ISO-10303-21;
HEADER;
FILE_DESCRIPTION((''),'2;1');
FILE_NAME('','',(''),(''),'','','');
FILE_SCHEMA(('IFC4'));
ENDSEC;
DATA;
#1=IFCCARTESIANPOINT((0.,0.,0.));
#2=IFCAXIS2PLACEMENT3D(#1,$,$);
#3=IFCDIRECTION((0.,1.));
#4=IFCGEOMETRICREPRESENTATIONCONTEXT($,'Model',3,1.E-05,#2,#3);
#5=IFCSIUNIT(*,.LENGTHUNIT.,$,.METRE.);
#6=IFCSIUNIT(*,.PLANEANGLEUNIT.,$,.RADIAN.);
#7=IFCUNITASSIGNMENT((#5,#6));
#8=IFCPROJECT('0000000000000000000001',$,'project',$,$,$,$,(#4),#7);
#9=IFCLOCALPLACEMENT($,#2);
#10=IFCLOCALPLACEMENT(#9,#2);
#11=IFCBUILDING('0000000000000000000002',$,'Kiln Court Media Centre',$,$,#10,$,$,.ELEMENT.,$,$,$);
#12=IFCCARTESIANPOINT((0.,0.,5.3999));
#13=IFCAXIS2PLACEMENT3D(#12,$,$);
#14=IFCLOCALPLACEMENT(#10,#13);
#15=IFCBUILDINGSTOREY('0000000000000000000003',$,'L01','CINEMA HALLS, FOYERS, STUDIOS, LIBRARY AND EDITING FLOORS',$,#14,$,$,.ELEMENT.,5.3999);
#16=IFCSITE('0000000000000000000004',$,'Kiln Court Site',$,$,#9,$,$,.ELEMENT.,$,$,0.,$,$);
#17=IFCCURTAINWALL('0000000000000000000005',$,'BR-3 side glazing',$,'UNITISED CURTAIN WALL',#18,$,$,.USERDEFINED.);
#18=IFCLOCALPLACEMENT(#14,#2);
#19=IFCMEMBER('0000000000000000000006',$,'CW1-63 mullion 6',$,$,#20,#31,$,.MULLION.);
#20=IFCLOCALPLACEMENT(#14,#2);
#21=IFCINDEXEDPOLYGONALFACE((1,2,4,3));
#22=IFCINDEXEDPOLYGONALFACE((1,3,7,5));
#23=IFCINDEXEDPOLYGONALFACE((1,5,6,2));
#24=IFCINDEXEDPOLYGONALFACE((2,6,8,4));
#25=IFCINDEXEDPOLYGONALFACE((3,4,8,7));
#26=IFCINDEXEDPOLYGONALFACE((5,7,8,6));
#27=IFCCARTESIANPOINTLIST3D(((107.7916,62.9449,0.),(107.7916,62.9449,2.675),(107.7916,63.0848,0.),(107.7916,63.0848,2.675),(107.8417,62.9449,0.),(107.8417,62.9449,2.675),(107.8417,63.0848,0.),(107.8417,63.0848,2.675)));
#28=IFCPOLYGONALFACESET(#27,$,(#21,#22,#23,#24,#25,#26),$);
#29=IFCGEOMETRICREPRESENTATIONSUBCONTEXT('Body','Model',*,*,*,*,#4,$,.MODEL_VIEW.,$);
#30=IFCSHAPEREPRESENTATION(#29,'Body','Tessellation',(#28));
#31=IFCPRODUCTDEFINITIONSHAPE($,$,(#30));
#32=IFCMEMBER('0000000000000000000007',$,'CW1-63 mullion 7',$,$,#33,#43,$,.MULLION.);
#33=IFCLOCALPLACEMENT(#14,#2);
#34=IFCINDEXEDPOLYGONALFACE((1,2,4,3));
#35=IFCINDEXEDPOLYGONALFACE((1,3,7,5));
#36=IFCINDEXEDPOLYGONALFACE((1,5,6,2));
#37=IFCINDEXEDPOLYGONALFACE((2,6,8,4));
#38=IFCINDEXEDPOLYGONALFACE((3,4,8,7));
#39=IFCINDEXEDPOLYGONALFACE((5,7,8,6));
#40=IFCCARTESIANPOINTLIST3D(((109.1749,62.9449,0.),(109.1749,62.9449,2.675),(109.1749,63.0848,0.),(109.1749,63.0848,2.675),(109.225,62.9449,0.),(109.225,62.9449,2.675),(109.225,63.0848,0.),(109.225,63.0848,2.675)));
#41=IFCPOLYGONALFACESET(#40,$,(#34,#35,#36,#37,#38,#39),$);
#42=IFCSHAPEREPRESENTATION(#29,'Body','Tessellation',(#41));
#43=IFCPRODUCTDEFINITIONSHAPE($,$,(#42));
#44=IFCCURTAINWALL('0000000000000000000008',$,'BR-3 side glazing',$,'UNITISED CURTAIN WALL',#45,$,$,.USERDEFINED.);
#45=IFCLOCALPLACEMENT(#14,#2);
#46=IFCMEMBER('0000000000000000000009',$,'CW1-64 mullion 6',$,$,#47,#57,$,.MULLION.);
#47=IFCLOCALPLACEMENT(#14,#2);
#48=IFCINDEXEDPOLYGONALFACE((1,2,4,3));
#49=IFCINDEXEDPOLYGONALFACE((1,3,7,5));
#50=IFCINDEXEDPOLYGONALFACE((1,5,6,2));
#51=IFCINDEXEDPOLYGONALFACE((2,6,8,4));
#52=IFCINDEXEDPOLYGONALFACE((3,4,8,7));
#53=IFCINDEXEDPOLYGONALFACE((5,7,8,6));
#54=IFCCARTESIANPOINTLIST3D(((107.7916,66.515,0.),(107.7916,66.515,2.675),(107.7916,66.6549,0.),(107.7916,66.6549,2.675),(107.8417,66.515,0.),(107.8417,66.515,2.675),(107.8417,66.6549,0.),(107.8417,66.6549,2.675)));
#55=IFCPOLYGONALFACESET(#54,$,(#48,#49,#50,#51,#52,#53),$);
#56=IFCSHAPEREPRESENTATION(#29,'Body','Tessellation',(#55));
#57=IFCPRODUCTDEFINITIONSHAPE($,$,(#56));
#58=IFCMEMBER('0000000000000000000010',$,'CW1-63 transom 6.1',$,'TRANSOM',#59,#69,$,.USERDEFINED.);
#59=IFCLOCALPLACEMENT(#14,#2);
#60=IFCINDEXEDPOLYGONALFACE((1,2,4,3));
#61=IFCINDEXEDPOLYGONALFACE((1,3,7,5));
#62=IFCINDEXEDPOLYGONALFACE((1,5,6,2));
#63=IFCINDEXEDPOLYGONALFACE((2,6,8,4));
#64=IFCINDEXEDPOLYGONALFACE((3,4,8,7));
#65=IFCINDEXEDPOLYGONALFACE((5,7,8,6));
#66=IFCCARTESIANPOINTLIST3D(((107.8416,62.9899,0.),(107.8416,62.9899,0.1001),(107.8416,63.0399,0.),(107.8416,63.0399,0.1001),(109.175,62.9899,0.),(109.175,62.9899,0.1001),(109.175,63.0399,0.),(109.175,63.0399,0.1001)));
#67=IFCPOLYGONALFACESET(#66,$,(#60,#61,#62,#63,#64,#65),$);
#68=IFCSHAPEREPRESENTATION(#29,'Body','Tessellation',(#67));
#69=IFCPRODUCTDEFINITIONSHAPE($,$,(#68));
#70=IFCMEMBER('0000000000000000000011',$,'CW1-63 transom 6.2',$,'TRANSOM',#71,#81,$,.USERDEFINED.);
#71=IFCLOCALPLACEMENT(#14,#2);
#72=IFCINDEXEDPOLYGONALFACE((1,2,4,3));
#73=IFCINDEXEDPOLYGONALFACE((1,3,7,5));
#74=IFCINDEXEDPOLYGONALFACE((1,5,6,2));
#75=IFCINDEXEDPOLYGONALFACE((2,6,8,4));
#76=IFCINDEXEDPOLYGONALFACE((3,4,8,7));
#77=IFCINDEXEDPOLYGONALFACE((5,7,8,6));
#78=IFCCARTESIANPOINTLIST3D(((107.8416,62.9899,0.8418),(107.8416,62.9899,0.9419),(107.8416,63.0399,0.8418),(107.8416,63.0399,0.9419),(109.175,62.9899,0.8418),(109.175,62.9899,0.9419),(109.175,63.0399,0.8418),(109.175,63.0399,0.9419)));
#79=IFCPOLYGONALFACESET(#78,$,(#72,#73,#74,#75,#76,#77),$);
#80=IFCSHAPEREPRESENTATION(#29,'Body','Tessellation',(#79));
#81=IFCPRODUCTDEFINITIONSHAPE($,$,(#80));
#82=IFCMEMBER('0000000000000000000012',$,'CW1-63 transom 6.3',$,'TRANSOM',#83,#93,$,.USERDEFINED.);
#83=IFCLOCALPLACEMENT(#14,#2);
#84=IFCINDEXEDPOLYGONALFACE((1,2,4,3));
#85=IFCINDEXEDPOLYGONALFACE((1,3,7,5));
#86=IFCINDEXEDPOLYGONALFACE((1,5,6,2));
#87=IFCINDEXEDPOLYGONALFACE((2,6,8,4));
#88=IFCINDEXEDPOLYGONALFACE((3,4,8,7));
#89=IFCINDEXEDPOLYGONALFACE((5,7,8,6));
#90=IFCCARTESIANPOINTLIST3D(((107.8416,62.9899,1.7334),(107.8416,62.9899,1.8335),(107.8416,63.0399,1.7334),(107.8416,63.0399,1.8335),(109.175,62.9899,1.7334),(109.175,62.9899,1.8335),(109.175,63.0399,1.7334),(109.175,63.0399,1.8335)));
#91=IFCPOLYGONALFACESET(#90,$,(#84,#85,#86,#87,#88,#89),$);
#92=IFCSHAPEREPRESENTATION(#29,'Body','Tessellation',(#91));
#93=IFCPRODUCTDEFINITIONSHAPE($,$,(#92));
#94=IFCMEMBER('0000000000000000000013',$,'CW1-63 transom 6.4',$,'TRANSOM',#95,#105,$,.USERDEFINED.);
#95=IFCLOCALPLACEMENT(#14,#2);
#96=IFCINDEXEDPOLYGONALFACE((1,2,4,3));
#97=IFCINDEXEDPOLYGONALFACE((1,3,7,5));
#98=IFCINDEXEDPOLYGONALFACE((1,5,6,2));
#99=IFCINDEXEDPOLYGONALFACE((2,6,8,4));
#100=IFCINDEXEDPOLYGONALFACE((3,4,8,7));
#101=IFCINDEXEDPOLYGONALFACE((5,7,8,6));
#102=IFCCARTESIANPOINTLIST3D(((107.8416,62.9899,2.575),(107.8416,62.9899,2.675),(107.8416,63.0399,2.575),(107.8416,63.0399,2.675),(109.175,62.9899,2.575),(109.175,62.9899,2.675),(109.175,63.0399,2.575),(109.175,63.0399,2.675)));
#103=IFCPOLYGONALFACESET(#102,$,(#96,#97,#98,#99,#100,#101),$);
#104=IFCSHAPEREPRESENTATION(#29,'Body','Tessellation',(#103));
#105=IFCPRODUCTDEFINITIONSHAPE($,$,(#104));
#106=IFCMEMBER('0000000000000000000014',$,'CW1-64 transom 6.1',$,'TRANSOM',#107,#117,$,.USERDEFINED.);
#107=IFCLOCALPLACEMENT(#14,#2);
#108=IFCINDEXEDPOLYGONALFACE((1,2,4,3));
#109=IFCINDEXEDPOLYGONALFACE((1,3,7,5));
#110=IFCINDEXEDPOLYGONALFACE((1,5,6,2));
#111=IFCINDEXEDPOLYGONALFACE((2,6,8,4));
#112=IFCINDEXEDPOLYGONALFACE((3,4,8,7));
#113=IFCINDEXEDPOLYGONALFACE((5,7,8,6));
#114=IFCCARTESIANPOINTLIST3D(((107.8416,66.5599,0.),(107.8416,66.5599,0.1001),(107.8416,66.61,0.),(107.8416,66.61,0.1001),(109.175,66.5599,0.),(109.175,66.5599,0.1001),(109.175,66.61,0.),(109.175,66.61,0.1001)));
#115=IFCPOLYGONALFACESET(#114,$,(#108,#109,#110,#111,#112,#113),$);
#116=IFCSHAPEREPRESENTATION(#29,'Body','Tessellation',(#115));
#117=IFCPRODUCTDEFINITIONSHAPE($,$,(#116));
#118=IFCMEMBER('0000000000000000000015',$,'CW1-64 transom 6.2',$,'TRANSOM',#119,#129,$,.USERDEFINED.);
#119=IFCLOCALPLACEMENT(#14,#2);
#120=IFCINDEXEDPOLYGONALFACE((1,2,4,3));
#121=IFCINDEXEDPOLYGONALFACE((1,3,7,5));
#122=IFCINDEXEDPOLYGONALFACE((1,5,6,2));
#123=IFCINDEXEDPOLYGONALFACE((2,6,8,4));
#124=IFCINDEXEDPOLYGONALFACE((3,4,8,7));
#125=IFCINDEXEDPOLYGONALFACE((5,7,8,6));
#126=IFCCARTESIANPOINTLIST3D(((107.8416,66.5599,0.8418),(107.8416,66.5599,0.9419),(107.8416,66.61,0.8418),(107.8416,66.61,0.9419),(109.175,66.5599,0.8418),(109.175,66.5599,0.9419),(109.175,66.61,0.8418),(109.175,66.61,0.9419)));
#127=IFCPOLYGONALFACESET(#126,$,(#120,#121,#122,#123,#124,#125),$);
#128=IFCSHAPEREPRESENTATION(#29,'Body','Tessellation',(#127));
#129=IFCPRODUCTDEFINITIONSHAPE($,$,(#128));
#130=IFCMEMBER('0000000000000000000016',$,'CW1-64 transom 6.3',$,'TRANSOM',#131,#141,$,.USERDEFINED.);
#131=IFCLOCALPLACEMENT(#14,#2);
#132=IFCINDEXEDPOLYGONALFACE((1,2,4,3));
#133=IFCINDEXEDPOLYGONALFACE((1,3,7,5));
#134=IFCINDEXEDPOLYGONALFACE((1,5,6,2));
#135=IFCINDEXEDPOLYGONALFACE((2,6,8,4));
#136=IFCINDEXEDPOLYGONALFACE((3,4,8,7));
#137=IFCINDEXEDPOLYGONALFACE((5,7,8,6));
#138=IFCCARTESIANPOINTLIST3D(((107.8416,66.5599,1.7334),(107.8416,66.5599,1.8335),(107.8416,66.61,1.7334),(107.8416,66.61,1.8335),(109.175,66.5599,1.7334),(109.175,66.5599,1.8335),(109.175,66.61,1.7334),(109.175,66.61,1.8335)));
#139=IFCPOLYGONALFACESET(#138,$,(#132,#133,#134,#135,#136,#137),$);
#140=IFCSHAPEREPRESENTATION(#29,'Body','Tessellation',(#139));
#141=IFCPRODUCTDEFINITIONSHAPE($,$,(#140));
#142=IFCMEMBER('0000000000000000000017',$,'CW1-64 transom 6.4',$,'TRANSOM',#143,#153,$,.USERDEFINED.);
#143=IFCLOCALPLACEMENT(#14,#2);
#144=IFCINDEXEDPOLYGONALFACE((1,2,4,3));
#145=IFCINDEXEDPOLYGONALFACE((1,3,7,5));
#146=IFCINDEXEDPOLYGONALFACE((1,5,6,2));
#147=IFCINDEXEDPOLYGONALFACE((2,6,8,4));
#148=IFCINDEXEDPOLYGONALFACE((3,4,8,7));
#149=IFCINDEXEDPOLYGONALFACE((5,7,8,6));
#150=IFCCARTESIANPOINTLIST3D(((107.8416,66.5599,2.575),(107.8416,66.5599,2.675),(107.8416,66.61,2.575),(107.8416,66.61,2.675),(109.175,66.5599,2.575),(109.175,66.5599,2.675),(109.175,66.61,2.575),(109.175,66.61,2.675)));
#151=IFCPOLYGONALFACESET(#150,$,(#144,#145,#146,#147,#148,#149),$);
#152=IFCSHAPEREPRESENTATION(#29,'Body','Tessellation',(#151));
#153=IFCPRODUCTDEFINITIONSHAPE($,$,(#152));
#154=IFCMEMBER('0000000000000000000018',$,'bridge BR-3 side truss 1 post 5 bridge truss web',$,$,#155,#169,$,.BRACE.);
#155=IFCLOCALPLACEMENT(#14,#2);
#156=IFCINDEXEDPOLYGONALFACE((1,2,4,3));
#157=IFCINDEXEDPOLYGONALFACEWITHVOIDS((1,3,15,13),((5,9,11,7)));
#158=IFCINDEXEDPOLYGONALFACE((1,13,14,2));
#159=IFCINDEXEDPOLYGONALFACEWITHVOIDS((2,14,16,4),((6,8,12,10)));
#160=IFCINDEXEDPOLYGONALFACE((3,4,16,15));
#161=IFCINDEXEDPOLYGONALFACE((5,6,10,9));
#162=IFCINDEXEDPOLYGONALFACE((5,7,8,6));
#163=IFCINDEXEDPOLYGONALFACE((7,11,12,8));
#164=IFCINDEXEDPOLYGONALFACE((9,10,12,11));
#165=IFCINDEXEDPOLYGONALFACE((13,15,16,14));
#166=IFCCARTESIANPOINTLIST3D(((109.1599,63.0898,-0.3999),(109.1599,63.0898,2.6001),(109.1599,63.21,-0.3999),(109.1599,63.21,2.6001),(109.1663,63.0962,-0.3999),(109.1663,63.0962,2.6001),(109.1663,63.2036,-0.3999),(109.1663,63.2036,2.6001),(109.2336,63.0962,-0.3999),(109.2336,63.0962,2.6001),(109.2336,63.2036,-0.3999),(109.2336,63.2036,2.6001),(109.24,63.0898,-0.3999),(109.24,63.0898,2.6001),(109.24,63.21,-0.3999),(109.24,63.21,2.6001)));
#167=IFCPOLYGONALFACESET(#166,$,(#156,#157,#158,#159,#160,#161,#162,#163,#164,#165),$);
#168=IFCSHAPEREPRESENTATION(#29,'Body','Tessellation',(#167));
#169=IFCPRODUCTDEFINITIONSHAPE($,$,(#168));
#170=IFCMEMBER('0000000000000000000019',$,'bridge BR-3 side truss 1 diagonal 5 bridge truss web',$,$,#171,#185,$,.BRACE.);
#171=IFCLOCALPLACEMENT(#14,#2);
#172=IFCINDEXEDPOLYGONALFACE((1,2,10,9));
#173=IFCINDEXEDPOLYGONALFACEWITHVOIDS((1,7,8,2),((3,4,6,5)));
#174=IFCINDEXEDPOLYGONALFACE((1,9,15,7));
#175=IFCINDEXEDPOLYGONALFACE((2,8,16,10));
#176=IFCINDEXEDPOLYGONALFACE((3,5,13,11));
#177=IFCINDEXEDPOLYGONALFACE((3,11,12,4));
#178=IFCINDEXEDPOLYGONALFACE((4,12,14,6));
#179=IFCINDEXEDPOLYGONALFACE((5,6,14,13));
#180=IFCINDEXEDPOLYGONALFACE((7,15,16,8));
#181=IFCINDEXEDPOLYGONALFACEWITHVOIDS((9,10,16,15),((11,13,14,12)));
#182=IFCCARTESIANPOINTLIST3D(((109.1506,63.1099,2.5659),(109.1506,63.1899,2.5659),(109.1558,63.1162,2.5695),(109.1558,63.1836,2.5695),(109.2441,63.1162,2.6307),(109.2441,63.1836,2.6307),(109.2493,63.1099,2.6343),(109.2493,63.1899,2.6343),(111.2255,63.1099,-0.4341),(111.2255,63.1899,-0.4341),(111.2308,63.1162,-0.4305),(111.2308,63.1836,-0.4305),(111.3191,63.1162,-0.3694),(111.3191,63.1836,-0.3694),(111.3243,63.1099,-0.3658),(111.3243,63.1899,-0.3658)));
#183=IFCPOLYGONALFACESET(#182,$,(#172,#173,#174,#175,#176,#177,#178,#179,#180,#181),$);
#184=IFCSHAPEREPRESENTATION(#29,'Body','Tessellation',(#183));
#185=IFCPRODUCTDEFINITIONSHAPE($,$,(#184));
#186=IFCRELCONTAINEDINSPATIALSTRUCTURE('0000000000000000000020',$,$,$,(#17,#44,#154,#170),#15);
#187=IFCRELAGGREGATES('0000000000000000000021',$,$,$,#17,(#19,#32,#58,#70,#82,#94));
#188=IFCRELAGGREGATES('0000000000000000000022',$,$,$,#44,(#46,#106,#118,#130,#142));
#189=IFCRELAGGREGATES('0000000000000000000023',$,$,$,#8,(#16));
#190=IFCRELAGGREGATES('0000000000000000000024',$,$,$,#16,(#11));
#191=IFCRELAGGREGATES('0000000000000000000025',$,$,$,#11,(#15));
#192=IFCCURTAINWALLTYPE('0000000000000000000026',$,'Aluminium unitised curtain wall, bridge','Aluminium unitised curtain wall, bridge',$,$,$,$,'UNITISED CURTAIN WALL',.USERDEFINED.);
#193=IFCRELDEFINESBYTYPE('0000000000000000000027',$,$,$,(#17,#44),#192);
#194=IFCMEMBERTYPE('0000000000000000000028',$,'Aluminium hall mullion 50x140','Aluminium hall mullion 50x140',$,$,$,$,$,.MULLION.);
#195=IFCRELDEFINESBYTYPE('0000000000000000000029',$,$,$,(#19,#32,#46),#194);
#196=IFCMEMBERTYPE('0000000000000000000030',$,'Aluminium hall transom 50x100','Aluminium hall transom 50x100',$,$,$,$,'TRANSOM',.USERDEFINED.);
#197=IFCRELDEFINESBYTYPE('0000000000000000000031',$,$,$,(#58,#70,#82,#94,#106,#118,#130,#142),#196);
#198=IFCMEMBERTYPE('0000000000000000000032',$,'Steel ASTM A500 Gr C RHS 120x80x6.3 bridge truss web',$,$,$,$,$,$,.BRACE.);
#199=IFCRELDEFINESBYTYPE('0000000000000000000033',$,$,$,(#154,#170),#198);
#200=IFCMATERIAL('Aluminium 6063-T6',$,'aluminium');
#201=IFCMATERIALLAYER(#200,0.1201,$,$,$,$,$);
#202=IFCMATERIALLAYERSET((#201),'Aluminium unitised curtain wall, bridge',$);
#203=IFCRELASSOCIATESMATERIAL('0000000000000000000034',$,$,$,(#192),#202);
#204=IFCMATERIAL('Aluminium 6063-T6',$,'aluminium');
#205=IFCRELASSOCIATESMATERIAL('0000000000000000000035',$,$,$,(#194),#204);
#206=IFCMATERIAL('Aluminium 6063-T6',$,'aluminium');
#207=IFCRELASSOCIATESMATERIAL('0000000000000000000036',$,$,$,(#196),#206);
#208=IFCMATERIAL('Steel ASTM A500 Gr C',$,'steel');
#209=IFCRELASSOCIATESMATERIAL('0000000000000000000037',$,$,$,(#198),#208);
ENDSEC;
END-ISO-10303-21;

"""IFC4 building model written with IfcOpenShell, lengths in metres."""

from ifc_helpers import new_model, si_unit, direction, frame, origin, origin_2d, place, context, subcontext, project, spatial, rectangle, hollow_rectangle, extrude, material, layer, layer_set, material_profile, profile_set, type_object, element, aggregate, save


model = new_model("IFC4")

# Units and contexts
model_context = context("Model", 3, precision=1e-05, world=origin(), true_north=direction((0.0, 1.0)))
body_context = subcontext(model_context, "Body", "Model", "MODEL_VIEW")
ifc_project = project(units=[si_unit("LENGTHUNIT", "METRE"), si_unit("PLANEANGLEUNIT", "RADIAN")], contexts=[model_context])

# Site, building, storey
site_placement = place(None, origin())
site = spatial("IfcSite", under=ifc_project, at=site_placement, Name="Kiln Court Site", CompositionType="ELEMENT", RefElevation=0.0)
building_placement = place(site_placement, origin())
building = spatial("IfcBuilding", under=site, at=building_placement, Name="Kiln Court Media Centre", CompositionType="ELEMENT")
storey_placement = place(building_placement, frame((0.0, 0.0, 5.3999)))
storey = spatial("IfcBuildingStorey", under=building, at=storey_placement, Name="L01", Description="CINEMA HALLS, FOYERS, STUDIOS, LIBRARY AND EDITING FLOORS", CompositionType="ELEMENT", Elevation=5.3999)

# Curtain wall, members
ifc_material_1 = material(Name="Aluminium 6063-T6", Category="aluminium")
ifc_layer_1 = layer(ifc_material_1, 0.1201)
ifc_layer_set_1 = layer_set([ifc_layer_1], Name="Aluminium unitised curtain wall, bridge")
curtain_wall_type = type_object("IfcCurtainWallType", Name="Aluminium unitised curtain wall, bridge", Description="Aluminium unitised curtain wall, bridge", ElementType="UNITISED CURTAIN WALL", PredefinedType="USERDEFINED", material=ifc_layer_set_1)
curtain_wall_1_placement = place(storey_placement, origin())
curtain_wall_1 = element("IfcCurtainWall", 1, at=curtain_wall_1_placement, inside=storey, type_object=curtain_wall_type, Name="BR-3 side glazing", ObjectType="UNITISED CURTAIN WALL", PredefinedType="USERDEFINED")
ifc_material_2 = material(Name="Aluminium 6063-T6", Category="aluminium")
ifc_material_profile_1 = material_profile(ifc_material_2, rectangle(XDim=0.05, YDim=0.1399, at=origin_2d()), Name="Aluminium hall mullion 50x140")
ifc_profile_set_1 = profile_set([ifc_material_profile_1], Name="Aluminium 6063-T6")
member_type_1 = type_object("IfcMemberType", Name="Aluminium hall mullion 50x140", Description="Aluminium hall mullion 50x140", PredefinedType="MULLION", material=ifc_profile_set_1)
member_1_placement = place(storey_placement, frame((107.8167, 63.0149, 0.0), z_axis=(0.0, 0.0, 1.0), x_axis=(1.0, 0.0, 0.0)))
member_1 = element("IfcMember", 2, at=member_1_placement, type_object=member_type_1, Name="CW1-63 mullion 6", PredefinedType="MULLION", context=body_context, shape_type="SweptSolid", body=[
    extrude(rectangle(XDim=0.05, YDim=0.1399, at=origin_2d()), origin(), (0.0, 0.0, 1.0), 2.675),
])
member_2_placement = place(storey_placement, frame((109.2, 63.0149, 0.0), z_axis=(0.0, 0.0, 1.0), x_axis=(1.0, 0.0, 0.0)))
member_2 = element("IfcMember", 3, at=member_2_placement, type_object=member_type_1, Name="CW1-63 mullion 7", PredefinedType="MULLION", context=body_context, shape_type="SweptSolid", body=[
    extrude(rectangle(XDim=0.05, YDim=0.1399, at=origin_2d()), origin(), (0.0, 0.0, 1.0), 2.675),
])

# Curtain wall, member
curtain_wall_2_placement = place(storey_placement, origin())
curtain_wall_2 = element("IfcCurtainWall", 4, at=curtain_wall_2_placement, inside=storey, type_object=curtain_wall_type, Name="BR-3 side glazing", ObjectType="UNITISED CURTAIN WALL", PredefinedType="USERDEFINED")
member_3_placement = place(storey_placement, frame((107.8167, 66.585, 0.0), z_axis=(0.0, 0.0, 1.0), x_axis=(1.0, 0.0, 0.0)))
member_3 = element("IfcMember", 5, at=member_3_placement, type_object=member_type_1, Name="CW1-64 mullion 6", PredefinedType="MULLION", context=body_context, shape_type="SweptSolid", body=[
    extrude(rectangle(XDim=0.05, YDim=0.1399, at=origin_2d()), origin(), (0.0, 0.0, 1.0), 2.675),
])

# Members
ifc_material_3 = material(Name="Aluminium 6063-T6", Category="aluminium")
ifc_material_profile_2 = material_profile(ifc_material_3, rectangle(XDim=0.05, YDim=0.1001, at=origin_2d()), Name="Aluminium hall transom 50x100")
ifc_profile_set_2 = profile_set([ifc_material_profile_2], Name="Aluminium 6063-T6")
member_type_2 = type_object("IfcMemberType", Name="Aluminium hall transom 50x100", Description="Aluminium hall transom 50x100", ElementType="TRANSOM", PredefinedType="USERDEFINED", material=ifc_profile_set_2)
member_4_placement = place(storey_placement, frame((107.8416, 63.0149, 0.05), z_axis=(1.0, 0.0, 0.0), x_axis=(0.0, 1.0, 0.0)))
member_4 = element("IfcMember", 6, at=member_4_placement, type_object=member_type_2, Name="CW1-63 transom 6.1", ObjectType="TRANSOM", PredefinedType="USERDEFINED", context=body_context, shape_type="SweptSolid", body=[
    extrude(rectangle(XDim=0.05, YDim=0.1001, at=origin_2d()), origin(), (0.0, 0.0, 1.0), 1.3335),
])
member_5_placement = place(storey_placement, frame((107.8416, 63.0149, 0.8918), z_axis=(1.0, 0.0, 0.0), x_axis=(0.0, 1.0, 0.0)))
member_5 = element("IfcMember", 7, at=member_5_placement, type_object=member_type_2, Name="CW1-63 transom 6.2", ObjectType="TRANSOM", PredefinedType="USERDEFINED", context=body_context, shape_type="SweptSolid", body=[
    extrude(rectangle(XDim=0.05, YDim=0.1001, at=origin_2d()), origin(), (0.0, 0.0, 1.0), 1.3335),
])
member_6_placement = place(storey_placement, frame((107.8416, 63.0149, 1.7834), z_axis=(1.0, 0.0, 0.0), x_axis=(0.0, 1.0, 0.0)))
member_6 = element("IfcMember", 8, at=member_6_placement, type_object=member_type_2, Name="CW1-63 transom 6.3", ObjectType="TRANSOM", PredefinedType="USERDEFINED", context=body_context, shape_type="SweptSolid", body=[
    extrude(rectangle(XDim=0.05, YDim=0.1001, at=origin_2d()), origin(), (0.0, 0.0, 1.0), 1.3335),
])
member_7_placement = place(storey_placement, frame((107.8416, 63.0149, 2.625), z_axis=(1.0, 0.0, 0.0), x_axis=(0.0, 1.0, 0.0)))
member_7 = element("IfcMember", 9, at=member_7_placement, type_object=member_type_2, Name="CW1-63 transom 6.4", ObjectType="TRANSOM", PredefinedType="USERDEFINED", context=body_context, shape_type="SweptSolid", body=[
    extrude(rectangle(XDim=0.05, YDim=0.1001, at=origin_2d()), origin(), (0.0, 0.0, 1.0), 1.3335),
])
member_8_placement = place(storey_placement, frame((107.8416, 66.585, 0.05), z_axis=(1.0, 0.0, 0.0), x_axis=(0.0, 1.0, 0.0)))
member_8 = element("IfcMember", 10, at=member_8_placement, type_object=member_type_2, Name="CW1-64 transom 6.1", ObjectType="TRANSOM", PredefinedType="USERDEFINED", context=body_context, shape_type="SweptSolid", body=[
    extrude(rectangle(XDim=0.05, YDim=0.1001, at=origin_2d()), origin(), (0.0, 0.0, 1.0), 1.3335),
])
member_9_placement = place(storey_placement, frame((107.8416, 66.585, 0.8918), z_axis=(1.0, 0.0, 0.0), x_axis=(0.0, 1.0, 0.0)))
member_9 = element("IfcMember", 11, at=member_9_placement, type_object=member_type_2, Name="CW1-64 transom 6.2", ObjectType="TRANSOM", PredefinedType="USERDEFINED", context=body_context, shape_type="SweptSolid", body=[
    extrude(rectangle(XDim=0.05, YDim=0.1001, at=origin_2d()), origin(), (0.0, 0.0, 1.0), 1.3335),
])
member_10_placement = place(storey_placement, frame((107.8416, 66.585, 1.7834), z_axis=(1.0, 0.0, 0.0), x_axis=(0.0, 1.0, 0.0)))
member_10 = element("IfcMember", 12, at=member_10_placement, type_object=member_type_2, Name="CW1-64 transom 6.3", ObjectType="TRANSOM", PredefinedType="USERDEFINED", context=body_context, shape_type="SweptSolid", body=[
    extrude(rectangle(XDim=0.05, YDim=0.1001, at=origin_2d()), origin(), (0.0, 0.0, 1.0), 1.3335),
])
member_11_placement = place(storey_placement, frame((107.8416, 66.585, 2.625), z_axis=(1.0, 0.0, 0.0), x_axis=(0.0, 1.0, 0.0)))
member_11 = element("IfcMember", 13, at=member_11_placement, type_object=member_type_2, Name="CW1-64 transom 6.4", ObjectType="TRANSOM", PredefinedType="USERDEFINED", context=body_context, shape_type="SweptSolid", body=[
    extrude(rectangle(XDim=0.05, YDim=0.1001, at=origin_2d()), origin(), (0.0, 0.0, 1.0), 1.3335),
])

# Members
ifc_material_4 = material(Name="Steel ASTM A500 Gr C", Category="steel")
ifc_material_profile_3 = material_profile(ifc_material_4, hollow_rectangle(XDim=0.0801, YDim=0.1201, WallThickness=0.0063, at=origin_2d()), Name="RHS 120x80x6.3")
ifc_profile_set_3 = profile_set([ifc_material_profile_3], Name="Steel ASTM A500 Gr C")
member_type_3 = type_object("IfcMemberType", Name="Steel ASTM A500 Gr C RHS 120x80x6.3 bridge truss web", PredefinedType="BRACE", material=ifc_profile_set_3)
member_12_placement = place(storey_placement, frame((109.2, 63.1499, -0.3999), z_axis=(0.0, 0.0, 1.0), x_axis=(1.0, 0.0, 0.0)))
element("IfcMember", 14, at=member_12_placement, inside=storey, type_object=member_type_3, Name="bridge BR-3 side truss 1 post 5 bridge truss web", PredefinedType="BRACE", context=body_context, shape_type="SweptSolid", body=[
    extrude(hollow_rectangle(XDim=0.0801, YDim=0.1201, WallThickness=0.0063, at=origin_2d()), origin(), (0.0, 0.0, 1.0), 3.0),
])
member_13_placement = place(storey_placement, frame((109.2, 63.1499, 2.6001), z_axis=(0.568844, 0.0, -0.822445), x_axis=(0.0, 1.0, 0.0)))
element("IfcMember", 15, at=member_13_placement, inside=storey, type_object=member_type_3, Name="bridge BR-3 side truss 1 diagonal 5 bridge truss web", PredefinedType="BRACE", context=body_context, shape_type="SweptSolid", body=[
    extrude(hollow_rectangle(XDim=0.0801, YDim=0.1201, WallThickness=0.0063, at=origin_2d()), origin(), (0.0, 0.0, 1.0), 3.6477),
])

aggregate(curtain_wall_1, [member_1, member_2, member_4, member_5, member_6, member_7])
aggregate(curtain_wall_2, [member_3, member_8, member_9, member_10, member_11])

save(model, "model.ifc")
